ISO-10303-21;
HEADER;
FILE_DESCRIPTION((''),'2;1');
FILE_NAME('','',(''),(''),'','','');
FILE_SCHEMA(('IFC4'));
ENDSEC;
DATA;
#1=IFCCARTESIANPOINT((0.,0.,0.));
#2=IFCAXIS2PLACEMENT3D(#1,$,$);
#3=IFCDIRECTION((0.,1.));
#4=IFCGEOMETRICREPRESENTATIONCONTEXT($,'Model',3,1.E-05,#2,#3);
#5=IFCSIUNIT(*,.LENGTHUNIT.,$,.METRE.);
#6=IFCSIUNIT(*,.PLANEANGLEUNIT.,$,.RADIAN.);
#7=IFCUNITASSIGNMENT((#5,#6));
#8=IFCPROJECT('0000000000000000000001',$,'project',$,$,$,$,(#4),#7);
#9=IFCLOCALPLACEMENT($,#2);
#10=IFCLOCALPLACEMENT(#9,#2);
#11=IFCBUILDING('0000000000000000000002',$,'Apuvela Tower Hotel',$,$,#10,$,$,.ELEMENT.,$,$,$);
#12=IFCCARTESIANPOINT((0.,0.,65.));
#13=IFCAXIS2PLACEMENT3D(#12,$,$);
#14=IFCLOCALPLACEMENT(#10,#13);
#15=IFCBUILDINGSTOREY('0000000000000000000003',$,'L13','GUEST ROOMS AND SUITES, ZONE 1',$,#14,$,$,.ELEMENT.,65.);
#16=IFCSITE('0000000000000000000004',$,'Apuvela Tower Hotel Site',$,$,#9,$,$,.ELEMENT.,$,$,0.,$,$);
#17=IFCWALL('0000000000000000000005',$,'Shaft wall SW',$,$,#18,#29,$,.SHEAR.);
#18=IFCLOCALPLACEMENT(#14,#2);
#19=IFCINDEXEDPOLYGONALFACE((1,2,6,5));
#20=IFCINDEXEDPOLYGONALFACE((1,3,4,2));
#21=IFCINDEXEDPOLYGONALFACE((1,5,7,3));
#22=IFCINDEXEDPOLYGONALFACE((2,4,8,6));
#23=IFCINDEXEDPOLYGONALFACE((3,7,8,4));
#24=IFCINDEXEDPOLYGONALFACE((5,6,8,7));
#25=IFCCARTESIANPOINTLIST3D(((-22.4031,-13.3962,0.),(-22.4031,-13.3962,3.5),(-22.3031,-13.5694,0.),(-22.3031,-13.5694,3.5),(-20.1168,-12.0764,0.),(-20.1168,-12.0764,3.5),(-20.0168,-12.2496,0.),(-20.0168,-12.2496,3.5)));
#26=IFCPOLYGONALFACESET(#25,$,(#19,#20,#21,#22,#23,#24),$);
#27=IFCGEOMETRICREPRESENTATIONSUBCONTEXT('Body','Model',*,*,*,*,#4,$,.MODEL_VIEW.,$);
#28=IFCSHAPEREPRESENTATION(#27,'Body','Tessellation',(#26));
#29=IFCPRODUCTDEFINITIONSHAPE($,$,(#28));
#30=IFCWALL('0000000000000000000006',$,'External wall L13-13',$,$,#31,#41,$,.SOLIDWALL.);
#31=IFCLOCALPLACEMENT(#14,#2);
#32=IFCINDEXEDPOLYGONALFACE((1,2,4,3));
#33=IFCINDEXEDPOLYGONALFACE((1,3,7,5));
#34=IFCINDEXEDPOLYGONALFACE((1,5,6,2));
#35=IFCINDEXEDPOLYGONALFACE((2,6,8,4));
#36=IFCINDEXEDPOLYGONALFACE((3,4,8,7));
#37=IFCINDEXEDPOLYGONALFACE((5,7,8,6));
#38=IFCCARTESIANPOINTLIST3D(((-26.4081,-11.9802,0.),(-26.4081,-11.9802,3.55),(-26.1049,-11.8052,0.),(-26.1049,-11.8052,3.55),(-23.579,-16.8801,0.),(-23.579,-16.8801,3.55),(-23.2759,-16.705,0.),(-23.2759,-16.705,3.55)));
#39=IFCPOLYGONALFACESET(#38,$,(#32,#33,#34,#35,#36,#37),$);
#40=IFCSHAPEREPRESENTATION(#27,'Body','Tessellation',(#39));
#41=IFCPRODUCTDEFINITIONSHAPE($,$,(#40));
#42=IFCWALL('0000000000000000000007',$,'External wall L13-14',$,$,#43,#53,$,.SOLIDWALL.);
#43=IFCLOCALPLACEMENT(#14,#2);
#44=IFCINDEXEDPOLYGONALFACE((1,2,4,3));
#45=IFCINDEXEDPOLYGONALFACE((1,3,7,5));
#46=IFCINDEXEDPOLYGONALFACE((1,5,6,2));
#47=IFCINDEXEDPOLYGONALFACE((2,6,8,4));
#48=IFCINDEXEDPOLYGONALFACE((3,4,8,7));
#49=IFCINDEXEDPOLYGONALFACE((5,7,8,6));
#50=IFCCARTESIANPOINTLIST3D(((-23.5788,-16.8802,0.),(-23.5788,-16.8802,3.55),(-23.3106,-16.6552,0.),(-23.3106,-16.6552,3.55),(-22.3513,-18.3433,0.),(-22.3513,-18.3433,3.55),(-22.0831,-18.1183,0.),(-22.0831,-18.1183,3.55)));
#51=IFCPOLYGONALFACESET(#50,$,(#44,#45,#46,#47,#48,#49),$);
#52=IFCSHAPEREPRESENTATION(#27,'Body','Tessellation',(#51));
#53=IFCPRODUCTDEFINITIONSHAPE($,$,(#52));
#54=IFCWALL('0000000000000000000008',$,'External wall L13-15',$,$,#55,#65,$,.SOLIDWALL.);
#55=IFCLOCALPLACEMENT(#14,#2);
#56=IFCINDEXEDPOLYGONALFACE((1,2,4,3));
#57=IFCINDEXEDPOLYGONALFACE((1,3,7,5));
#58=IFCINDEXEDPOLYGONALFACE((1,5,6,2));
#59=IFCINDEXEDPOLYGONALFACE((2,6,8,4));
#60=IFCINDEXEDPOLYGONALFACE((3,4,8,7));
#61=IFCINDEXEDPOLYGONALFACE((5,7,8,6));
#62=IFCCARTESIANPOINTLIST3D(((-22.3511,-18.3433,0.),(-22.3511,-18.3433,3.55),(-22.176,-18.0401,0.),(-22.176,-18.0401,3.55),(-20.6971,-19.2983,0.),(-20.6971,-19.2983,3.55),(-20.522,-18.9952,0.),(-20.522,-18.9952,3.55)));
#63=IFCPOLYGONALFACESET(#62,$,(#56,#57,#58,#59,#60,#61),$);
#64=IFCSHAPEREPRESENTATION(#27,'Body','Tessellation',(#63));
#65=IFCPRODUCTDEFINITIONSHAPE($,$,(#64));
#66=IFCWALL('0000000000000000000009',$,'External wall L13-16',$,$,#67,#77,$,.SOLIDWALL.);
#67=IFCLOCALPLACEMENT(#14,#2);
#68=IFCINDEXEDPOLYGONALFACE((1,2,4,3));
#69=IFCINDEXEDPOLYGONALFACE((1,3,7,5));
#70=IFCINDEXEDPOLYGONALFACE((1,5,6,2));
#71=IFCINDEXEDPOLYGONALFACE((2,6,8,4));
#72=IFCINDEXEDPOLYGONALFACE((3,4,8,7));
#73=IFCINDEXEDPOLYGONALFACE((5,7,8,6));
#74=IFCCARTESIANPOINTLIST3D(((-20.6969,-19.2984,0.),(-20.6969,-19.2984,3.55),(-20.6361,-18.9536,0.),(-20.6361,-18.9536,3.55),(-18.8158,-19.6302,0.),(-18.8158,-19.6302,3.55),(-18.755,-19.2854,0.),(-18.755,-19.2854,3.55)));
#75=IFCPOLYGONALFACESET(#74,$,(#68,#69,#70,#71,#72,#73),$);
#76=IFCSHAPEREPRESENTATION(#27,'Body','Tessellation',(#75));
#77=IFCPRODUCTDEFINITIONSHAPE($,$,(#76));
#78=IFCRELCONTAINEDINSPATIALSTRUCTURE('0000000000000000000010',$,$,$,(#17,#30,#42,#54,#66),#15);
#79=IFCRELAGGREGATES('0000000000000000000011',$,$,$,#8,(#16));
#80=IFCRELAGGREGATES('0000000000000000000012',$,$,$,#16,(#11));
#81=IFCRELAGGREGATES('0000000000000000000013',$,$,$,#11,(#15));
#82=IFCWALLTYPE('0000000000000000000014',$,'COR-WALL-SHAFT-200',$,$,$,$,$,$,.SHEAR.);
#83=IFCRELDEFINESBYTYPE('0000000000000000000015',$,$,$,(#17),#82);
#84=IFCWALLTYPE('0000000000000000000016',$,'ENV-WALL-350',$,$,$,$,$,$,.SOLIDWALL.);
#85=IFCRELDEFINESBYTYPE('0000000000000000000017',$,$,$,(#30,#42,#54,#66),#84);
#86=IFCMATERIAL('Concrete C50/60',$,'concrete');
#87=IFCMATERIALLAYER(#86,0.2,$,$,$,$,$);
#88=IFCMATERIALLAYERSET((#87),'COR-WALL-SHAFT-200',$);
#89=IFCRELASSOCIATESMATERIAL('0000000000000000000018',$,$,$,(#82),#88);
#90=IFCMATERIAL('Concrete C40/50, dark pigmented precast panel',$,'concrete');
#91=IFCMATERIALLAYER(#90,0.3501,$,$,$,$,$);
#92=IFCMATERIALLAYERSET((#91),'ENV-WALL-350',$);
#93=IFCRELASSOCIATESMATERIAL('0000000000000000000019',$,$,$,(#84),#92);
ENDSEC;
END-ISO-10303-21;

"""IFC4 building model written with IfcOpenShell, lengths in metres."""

from ifc_helpers import new_model, si_unit, direction, frame, frame_2d, origin, place, context, subcontext, project, spatial, rectangle, extrude, material, layer, layer_set, type_object, element, save


model = new_model("IFC4")

# Units and contexts
model_context = context("Model", 3, precision=1e-05, world=origin(), true_north=direction((0.0, 1.0)))
body_context = subcontext(model_context, "Body", "Model", "MODEL_VIEW")
ifc_project = project(units=[si_unit("LENGTHUNIT", "METRE"), si_unit("PLANEANGLEUNIT", "RADIAN")], contexts=[model_context])

# Site, building, storey
site_placement = place(None, origin())
site = spatial("IfcSite", under=ifc_project, at=site_placement, Name="Apuvela Tower Hotel Site", CompositionType="ELEMENT", RefElevation=0.0)
building_placement = place(site_placement, origin())
building = spatial("IfcBuilding", under=site, at=building_placement, Name="Apuvela Tower Hotel", CompositionType="ELEMENT")
storey_placement = place(building_placement, frame((0.0, 0.0, 65.0)))
storey = spatial("IfcBuildingStorey", under=building, at=storey_placement, Name="L13", Description="GUEST ROOMS AND SUITES, ZONE 1", CompositionType="ELEMENT", Elevation=65.0)

# Shared definitions
ifc_material_1 = material(Name="Concrete C50/60", Category="concrete")
ifc_layer_1 = layer(ifc_material_1, 0.2)
ifc_layer_set_1 = layer_set([ifc_layer_1], Name="COR-WALL-SHAFT-200")
wall_type_1 = type_object("IfcWallType", Name="COR-WALL-SHAFT-200", PredefinedType="SHEAR", material=ifc_layer_set_1)

# Walls
wall_1_placement = place(storey_placement, frame((-20.0669, -12.1631, 0.0), z_axis=(0.0, 0.0, 1.0), x_axis=(-0.866061, -0.499939, 0.0)))
element("IfcWall", 1, at=wall_1_placement, inside=storey, type_object=wall_type_1, Name="Shaft wall SW", PredefinedType="SHEAR", context=body_context, shape_type="SweptSolid", body=[
    extrude(rectangle(XDim=2.6399, YDim=0.2, at=frame_2d((1.3198, 0.0))), origin(), (0.0, 0.0, 1.0), 3.5),
])
ifc_material_2 = material(Name="Concrete C40/50, dark pigmented precast panel", Category="concrete")
ifc_layer_2 = layer(ifc_material_2, 0.3501)
ifc_layer_set_2 = layer_set([ifc_layer_2], Name="ENV-WALL-350")
wall_type_2 = type_object("IfcWallType", Name="ENV-WALL-350", PredefinedType="SOLIDWALL", material=ifc_layer_set_2)
wall_2_placement = place(storey_placement, frame((-26.2566, -11.8926, 0.0), z_axis=(0.0, 0.0, 1.0), x_axis=(0.500019, -0.866015, 0.0)))
element("IfcWall", 2, at=wall_2_placement, inside=storey, type_object=wall_type_2, Name="External wall L13-13", PredefinedType="SOLIDWALL", context=body_context, shape_type="SweptSolid", body=[
    extrude(rectangle(XDim=5.658, YDim=0.3501, at=frame_2d((2.8291, 0.0))), origin(), (0.0, 0.0, 1.0), 3.55),
])
for number, where, z_axis, x_axis, name in (
    (3, (-23.4448, -16.7676, 0.0), (0.0, 0.0, 1.0), (0.642733, -0.76609, 0.0), "External wall L13-14"),
    (4, (-22.2637, -18.1917, 0.0), (0.0, 0.0, 1.0), (0.866, -0.500043, 0.0), "External wall L13-15"),
):
    element("IfcWall", number, at=place(storey_placement, frame(where, z_axis=z_axis, x_axis=x_axis)), inside=storey, type_object=wall_type_2, Name=name, PredefinedType="SOLIDWALL", context=body_context, shape_type="SweptSolid", body=[
        extrude(rectangle(XDim=1.9099, YDim=0.3501, at=frame_2d((0.9551, 0.0))), origin(), (0.0, 0.0, 1.0), 3.55),
    ])
wall_3_placement = place(storey_placement, frame((-20.6665, -19.126, 0.0), z_axis=(0.0, 0.0, 1.0), x_axis=(0.984799, -0.173698, 0.0)))
element("IfcWall", 5, at=wall_3_placement, inside=storey, type_object=wall_type_2, Name="External wall L13-16", PredefinedType="SOLIDWALL", context=body_context, shape_type="SweptSolid", body=[
    extrude(rectangle(XDim=1.9102, YDim=0.3501, at=frame_2d((0.9551, 0.0))), origin(), (0.0, 0.0, 1.0), 3.55),
])

save(model, "model.ifc")
